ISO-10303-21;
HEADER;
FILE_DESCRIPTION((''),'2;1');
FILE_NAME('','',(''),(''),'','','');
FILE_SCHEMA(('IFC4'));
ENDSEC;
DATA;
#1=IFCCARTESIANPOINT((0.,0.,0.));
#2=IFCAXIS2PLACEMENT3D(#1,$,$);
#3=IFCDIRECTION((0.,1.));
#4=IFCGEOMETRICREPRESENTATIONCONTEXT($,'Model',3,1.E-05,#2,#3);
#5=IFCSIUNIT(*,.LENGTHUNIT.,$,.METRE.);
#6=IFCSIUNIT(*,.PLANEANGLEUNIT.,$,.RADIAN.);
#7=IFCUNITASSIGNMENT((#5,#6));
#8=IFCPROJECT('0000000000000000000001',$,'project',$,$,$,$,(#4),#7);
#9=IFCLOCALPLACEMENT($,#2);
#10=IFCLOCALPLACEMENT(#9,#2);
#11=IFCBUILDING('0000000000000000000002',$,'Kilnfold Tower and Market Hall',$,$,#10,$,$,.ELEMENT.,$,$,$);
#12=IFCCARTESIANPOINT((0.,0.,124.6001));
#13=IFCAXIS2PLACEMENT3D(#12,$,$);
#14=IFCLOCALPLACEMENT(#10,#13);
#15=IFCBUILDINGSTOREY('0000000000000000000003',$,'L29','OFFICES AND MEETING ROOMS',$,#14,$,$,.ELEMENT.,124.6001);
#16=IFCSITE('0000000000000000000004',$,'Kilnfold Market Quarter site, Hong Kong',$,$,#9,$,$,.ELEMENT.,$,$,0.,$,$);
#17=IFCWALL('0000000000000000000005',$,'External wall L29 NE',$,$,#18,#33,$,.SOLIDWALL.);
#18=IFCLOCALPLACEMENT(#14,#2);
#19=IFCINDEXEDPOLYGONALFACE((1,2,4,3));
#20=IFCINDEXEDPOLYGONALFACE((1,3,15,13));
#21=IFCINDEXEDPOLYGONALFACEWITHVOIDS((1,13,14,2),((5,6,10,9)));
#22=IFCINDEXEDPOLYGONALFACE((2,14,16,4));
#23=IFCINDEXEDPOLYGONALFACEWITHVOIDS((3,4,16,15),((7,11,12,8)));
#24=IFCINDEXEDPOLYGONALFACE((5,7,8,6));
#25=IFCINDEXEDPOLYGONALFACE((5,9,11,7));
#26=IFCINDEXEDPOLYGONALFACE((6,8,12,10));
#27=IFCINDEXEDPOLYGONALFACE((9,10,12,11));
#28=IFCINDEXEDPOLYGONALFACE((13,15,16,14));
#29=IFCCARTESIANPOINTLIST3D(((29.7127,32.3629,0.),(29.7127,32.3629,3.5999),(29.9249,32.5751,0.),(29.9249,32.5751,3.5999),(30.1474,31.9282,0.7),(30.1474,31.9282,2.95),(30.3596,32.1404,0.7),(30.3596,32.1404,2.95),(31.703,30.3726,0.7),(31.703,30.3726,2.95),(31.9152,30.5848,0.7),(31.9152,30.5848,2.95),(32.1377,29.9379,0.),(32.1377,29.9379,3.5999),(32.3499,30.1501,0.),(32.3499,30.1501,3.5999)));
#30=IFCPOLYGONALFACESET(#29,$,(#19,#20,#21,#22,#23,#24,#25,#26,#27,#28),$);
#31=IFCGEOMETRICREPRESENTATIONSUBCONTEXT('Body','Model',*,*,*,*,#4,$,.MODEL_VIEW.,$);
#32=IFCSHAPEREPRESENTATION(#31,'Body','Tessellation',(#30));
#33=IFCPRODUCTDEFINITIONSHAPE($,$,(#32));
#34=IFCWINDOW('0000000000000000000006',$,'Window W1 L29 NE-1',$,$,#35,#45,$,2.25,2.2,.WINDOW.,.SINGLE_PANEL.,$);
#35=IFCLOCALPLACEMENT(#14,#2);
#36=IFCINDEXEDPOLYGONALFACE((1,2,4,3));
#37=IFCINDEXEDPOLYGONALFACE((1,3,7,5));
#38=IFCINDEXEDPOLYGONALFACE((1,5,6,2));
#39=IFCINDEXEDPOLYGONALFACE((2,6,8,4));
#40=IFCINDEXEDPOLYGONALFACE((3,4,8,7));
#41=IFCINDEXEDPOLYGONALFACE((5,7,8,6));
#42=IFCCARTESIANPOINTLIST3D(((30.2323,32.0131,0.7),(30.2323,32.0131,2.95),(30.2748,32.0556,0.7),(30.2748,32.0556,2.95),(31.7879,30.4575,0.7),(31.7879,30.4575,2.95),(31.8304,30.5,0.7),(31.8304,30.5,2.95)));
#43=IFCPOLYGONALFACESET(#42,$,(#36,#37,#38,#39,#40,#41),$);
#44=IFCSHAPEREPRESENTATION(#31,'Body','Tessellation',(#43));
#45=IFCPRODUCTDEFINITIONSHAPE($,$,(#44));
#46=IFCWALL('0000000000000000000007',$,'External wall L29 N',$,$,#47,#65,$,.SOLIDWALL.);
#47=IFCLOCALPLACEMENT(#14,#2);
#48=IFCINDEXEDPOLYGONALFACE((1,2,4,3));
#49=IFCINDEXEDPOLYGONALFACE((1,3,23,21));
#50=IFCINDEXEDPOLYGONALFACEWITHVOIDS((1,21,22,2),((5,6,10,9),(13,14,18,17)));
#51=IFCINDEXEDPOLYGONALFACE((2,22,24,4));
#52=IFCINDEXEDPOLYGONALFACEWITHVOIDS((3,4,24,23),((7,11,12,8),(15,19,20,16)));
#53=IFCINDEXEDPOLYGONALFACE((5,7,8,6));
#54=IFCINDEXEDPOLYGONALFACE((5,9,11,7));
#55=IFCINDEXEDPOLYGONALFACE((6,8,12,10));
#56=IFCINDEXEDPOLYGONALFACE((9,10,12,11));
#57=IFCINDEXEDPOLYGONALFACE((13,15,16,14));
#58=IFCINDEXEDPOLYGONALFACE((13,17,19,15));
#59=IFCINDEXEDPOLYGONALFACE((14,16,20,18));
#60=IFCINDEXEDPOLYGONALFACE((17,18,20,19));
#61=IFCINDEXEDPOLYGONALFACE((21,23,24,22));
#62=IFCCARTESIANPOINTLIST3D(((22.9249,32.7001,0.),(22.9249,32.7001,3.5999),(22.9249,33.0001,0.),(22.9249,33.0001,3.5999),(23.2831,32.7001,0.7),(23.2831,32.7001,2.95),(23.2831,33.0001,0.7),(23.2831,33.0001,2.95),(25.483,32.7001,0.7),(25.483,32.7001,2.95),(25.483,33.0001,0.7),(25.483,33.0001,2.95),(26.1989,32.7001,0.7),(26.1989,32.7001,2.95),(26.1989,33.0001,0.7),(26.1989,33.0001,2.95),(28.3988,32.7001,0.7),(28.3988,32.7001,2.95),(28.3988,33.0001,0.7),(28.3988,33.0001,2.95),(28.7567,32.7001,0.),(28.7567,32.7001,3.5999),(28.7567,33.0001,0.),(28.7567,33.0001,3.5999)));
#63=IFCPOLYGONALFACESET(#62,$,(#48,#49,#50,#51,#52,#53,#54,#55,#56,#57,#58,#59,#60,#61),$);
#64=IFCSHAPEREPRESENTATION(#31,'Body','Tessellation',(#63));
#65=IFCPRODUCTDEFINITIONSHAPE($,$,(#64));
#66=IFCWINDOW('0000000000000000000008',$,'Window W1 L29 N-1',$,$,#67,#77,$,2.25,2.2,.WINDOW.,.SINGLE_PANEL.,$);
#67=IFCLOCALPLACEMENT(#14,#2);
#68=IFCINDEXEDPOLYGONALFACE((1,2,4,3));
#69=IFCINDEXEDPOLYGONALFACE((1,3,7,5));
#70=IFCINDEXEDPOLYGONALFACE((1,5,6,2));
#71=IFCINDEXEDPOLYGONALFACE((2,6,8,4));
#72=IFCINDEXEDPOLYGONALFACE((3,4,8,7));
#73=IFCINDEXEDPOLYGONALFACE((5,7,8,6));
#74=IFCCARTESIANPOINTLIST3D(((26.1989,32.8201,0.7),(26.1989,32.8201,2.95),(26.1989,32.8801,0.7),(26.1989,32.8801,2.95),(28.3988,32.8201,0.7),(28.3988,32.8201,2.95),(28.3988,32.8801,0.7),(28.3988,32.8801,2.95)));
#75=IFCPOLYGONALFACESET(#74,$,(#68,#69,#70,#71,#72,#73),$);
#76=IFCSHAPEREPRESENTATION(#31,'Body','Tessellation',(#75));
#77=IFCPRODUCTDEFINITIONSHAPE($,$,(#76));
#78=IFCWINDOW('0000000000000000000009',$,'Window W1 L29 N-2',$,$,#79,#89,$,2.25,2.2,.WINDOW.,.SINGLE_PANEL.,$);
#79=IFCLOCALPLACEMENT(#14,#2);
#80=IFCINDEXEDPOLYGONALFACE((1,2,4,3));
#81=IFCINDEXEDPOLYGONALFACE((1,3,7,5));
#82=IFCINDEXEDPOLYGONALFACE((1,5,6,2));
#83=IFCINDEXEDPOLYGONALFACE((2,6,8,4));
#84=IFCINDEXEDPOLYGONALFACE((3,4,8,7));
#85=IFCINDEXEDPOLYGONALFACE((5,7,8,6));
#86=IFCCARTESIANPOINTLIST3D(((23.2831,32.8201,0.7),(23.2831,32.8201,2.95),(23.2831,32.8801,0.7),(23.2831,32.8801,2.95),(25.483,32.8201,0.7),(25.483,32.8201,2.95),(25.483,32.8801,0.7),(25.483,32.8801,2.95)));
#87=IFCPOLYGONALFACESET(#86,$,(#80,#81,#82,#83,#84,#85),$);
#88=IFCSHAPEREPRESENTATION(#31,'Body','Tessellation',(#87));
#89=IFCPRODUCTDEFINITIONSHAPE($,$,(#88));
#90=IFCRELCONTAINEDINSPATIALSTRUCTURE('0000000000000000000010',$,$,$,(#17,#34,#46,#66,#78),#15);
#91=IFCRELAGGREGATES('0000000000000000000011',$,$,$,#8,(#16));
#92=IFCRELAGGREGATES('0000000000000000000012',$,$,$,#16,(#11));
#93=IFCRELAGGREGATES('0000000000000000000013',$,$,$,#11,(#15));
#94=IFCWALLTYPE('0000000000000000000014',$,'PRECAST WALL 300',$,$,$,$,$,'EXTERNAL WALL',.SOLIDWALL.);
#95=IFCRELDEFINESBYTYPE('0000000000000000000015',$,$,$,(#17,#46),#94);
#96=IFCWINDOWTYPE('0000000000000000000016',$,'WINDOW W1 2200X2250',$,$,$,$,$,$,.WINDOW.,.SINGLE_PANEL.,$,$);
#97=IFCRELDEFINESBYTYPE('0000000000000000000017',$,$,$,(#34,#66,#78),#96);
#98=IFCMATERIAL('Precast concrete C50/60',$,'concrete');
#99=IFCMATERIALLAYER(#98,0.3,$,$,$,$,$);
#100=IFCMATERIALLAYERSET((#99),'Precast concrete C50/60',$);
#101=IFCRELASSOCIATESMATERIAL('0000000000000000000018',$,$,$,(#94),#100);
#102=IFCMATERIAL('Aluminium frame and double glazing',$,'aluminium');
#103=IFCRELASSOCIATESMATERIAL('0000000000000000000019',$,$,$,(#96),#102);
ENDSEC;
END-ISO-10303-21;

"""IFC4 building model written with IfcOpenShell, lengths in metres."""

from ifc_helpers import new_model, si_unit, direction, frame, frame_2d, origin, place, context, subcontext, project, spatial, rectangle, extrude, source, transform, mapped, material, layer, layer_set, type_object, element, fill, save


model = new_model("IFC4")

# Units and contexts
model_context = context("Model", 3, precision=1e-05, world=origin(), true_north=direction((0.0, 1.0)))
body_context = subcontext(model_context, "Body", "Model", "MODEL_VIEW")
ifc_project = project(units=[si_unit("LENGTHUNIT", "METRE"), si_unit("PLANEANGLEUNIT", "RADIAN")], contexts=[model_context])

# Site, building, storey
site_placement = place(None, origin())
site = spatial("IfcSite", under=ifc_project, at=site_placement, Name="Kilnfold Market Quarter site, Hong Kong", CompositionType="ELEMENT", RefElevation=0.0)
building_placement = place(site_placement, origin())
building = spatial("IfcBuilding", under=site, at=building_placement, Name="Kilnfold Tower and Market Hall", CompositionType="ELEMENT")
storey_placement = place(building_placement, frame((0.0, 0.0, 124.6001)))
storey = spatial("IfcBuildingStorey", under=building, at=storey_placement, Name="L29", Description="OFFICES AND MEETING ROOMS", CompositionType="ELEMENT", Elevation=124.6001)

# Shared definitions
ifc_material_1 = material(Name="Precast concrete C50/60", Category="concrete")
ifc_layer_1 = layer(ifc_material_1, 0.3)
ifc_layer_set_1 = layer_set([ifc_layer_1], Name="Precast concrete C50/60")
wall_type_1 = type_object("IfcWallType", Name="PRECAST WALL 300", ElementType="EXTERNAL WALL", PredefinedType="SOLIDWALL", material=ifc_layer_set_1)

# Wall, opening, window
shared_shape_1 = source(origin(), body_context, "Body", "SweptSolid", [
    extrude(rectangle(XDim=3.4294, YDim=0.3, at=frame_2d((1.7148, 0.0))), origin(), (0.0, 0.0, 1.0), 3.5999),
])
wall_1_placement = place(storey_placement, frame((32.2439, 30.0439, 0.0), z_axis=(0.0, 0.0, 1.0), x_axis=(-0.707107, 0.707107, 0.0)))
wall_1 = element("IfcWall", 1, at=wall_1_placement, inside=storey, type_object=wall_type_1, Name="External wall L29 NE", PredefinedType="SOLIDWALL", context=body_context, shape_type="MappedRepresentation", body=[
    mapped(shared_shape_1, transform((0.0, 0.0, 0.0))),
])
opening_1_placement = place(wall_1_placement, frame((0.6147, 0.0, 0.7)))
opening_1 = element("IfcOpeningElement", 2, at=opening_1_placement, cuts=wall_1, PredefinedType="OPENING", context=body_context, shape_type="SweptSolid", body=[
    extrude(rectangle(XDim=2.2, YDim=2.25, at=frame_2d((1.1001, 1.125))), frame((0.0, 0.1602, 0.0), z_axis=(0.0, -1.0, 0.0), x_axis=(1.0, 0.0, 0.0)), (0.0, 0.0, 1.0), 0.3201),
])
ifc_material_2 = material(Name="Aluminium frame and double glazing", Category="aluminium")
window_type = type_object("IfcWindowType", Name="WINDOW W1 2200X2250", PartitioningType="SINGLE_PANEL", PredefinedType="WINDOW", material=ifc_material_2)
window_1_placement = place(opening_1_placement, origin())
window_1 = element("IfcWindow", 3, at=window_1_placement, inside=storey, type_object=window_type, Name="Window W1 L29 NE-1", OverallHeight=2.25, OverallWidth=2.2, PartitioningType="SINGLE_PANEL", PredefinedType="WINDOW", context=body_context, shape_type="SweptSolid", body=[
    extrude(rectangle(XDim=2.2, YDim=2.25, at=frame_2d((1.1001, 1.125))), frame((0.0, 0.03, 0.0), z_axis=(0.0, -1.0, 0.0), x_axis=(1.0, 0.0, 0.0)), (0.0, 0.0, 1.0), 0.0601),
])
fill(opening_1, window_1)

# Wall, openings, windows
shared_shape_2 = source(origin(), body_context, "Body", "SweptSolid", [
    extrude(rectangle(XDim=5.8318, YDim=0.3, at=frame_2d((2.916, 0.0))), origin(), (0.0, 0.0, 1.0), 3.5999),
])
wall_2_placement = place(storey_placement, frame((28.7568, 32.8501, 0.0), z_axis=(0.0, 0.0, 1.0), x_axis=(-1.0, 0.0, 0.0)))
wall_2 = element("IfcWall", 4, at=wall_2_placement, inside=storey, type_object=wall_type_1, Name="External wall L29 N", PredefinedType="SOLIDWALL", context=body_context, shape_type="MappedRepresentation", body=[
    mapped(shared_shape_2, transform((0.0, 0.0, 0.0))),
])
opening_2_placement = place(wall_2_placement, frame((0.3579, 0.0, 0.7)))
opening_2 = element("IfcOpeningElement", 5, at=opening_2_placement, cuts=wall_2, PredefinedType="OPENING", context=body_context, shape_type="SweptSolid", body=[
    extrude(rectangle(XDim=2.2, YDim=2.25, at=frame_2d((1.1001, 1.125))), frame((0.0, 0.1602, 0.0), z_axis=(0.0, -1.0, 0.0), x_axis=(1.0, 0.0, 0.0)), (0.0, 0.0, 1.0), 0.3201),
])
opening_3_placement = place(wall_2_placement, frame((3.2737, 0.0, 0.7)))
opening_3 = element("IfcOpeningElement", 6, at=opening_3_placement, cuts=wall_2, PredefinedType="OPENING", context=body_context, shape_type="SweptSolid", body=[
    extrude(rectangle(XDim=2.2, YDim=2.25, at=frame_2d((1.1001, 1.125))), frame((0.0, 0.1602, 0.0), z_axis=(0.0, -1.0, 0.0), x_axis=(1.0, 0.0, 0.0)), (0.0, 0.0, 1.0), 0.3201),
])
window_2_placement = place(opening_2_placement, origin())
window_2 = element("IfcWindow", 7, at=window_2_placement, inside=storey, type_object=window_type, Name="Window W1 L29 N-1", OverallHeight=2.25, OverallWidth=2.2, PartitioningType="SINGLE_PANEL", PredefinedType="WINDOW", context=body_context, shape_type="SweptSolid", body=[
    extrude(rectangle(XDim=2.2, YDim=2.25, at=frame_2d((1.1001, 1.125))), frame((0.0, 0.03, 0.0), z_axis=(0.0, -1.0, 0.0), x_axis=(1.0, 0.0, 0.0)), (0.0, 0.0, 1.0), 0.0601),
])
fill(opening_2, window_2)
window_3_placement = place(opening_3_placement, origin())
window_3 = element("IfcWindow", 8, at=window_3_placement, inside=storey, type_object=window_type, Name="Window W1 L29 N-2", OverallHeight=2.25, OverallWidth=2.2, PartitioningType="SINGLE_PANEL", PredefinedType="WINDOW", context=body_context, shape_type="SweptSolid", body=[
    extrude(rectangle(XDim=2.2, YDim=2.25, at=frame_2d((1.1001, 1.125))), frame((0.0, 0.03, 0.0), z_axis=(0.0, -1.0, 0.0), x_axis=(1.0, 0.0, 0.0)), (0.0, 0.0, 1.0), 0.0601),
])
fill(opening_3, window_3)

save(model, "model.ifc")
